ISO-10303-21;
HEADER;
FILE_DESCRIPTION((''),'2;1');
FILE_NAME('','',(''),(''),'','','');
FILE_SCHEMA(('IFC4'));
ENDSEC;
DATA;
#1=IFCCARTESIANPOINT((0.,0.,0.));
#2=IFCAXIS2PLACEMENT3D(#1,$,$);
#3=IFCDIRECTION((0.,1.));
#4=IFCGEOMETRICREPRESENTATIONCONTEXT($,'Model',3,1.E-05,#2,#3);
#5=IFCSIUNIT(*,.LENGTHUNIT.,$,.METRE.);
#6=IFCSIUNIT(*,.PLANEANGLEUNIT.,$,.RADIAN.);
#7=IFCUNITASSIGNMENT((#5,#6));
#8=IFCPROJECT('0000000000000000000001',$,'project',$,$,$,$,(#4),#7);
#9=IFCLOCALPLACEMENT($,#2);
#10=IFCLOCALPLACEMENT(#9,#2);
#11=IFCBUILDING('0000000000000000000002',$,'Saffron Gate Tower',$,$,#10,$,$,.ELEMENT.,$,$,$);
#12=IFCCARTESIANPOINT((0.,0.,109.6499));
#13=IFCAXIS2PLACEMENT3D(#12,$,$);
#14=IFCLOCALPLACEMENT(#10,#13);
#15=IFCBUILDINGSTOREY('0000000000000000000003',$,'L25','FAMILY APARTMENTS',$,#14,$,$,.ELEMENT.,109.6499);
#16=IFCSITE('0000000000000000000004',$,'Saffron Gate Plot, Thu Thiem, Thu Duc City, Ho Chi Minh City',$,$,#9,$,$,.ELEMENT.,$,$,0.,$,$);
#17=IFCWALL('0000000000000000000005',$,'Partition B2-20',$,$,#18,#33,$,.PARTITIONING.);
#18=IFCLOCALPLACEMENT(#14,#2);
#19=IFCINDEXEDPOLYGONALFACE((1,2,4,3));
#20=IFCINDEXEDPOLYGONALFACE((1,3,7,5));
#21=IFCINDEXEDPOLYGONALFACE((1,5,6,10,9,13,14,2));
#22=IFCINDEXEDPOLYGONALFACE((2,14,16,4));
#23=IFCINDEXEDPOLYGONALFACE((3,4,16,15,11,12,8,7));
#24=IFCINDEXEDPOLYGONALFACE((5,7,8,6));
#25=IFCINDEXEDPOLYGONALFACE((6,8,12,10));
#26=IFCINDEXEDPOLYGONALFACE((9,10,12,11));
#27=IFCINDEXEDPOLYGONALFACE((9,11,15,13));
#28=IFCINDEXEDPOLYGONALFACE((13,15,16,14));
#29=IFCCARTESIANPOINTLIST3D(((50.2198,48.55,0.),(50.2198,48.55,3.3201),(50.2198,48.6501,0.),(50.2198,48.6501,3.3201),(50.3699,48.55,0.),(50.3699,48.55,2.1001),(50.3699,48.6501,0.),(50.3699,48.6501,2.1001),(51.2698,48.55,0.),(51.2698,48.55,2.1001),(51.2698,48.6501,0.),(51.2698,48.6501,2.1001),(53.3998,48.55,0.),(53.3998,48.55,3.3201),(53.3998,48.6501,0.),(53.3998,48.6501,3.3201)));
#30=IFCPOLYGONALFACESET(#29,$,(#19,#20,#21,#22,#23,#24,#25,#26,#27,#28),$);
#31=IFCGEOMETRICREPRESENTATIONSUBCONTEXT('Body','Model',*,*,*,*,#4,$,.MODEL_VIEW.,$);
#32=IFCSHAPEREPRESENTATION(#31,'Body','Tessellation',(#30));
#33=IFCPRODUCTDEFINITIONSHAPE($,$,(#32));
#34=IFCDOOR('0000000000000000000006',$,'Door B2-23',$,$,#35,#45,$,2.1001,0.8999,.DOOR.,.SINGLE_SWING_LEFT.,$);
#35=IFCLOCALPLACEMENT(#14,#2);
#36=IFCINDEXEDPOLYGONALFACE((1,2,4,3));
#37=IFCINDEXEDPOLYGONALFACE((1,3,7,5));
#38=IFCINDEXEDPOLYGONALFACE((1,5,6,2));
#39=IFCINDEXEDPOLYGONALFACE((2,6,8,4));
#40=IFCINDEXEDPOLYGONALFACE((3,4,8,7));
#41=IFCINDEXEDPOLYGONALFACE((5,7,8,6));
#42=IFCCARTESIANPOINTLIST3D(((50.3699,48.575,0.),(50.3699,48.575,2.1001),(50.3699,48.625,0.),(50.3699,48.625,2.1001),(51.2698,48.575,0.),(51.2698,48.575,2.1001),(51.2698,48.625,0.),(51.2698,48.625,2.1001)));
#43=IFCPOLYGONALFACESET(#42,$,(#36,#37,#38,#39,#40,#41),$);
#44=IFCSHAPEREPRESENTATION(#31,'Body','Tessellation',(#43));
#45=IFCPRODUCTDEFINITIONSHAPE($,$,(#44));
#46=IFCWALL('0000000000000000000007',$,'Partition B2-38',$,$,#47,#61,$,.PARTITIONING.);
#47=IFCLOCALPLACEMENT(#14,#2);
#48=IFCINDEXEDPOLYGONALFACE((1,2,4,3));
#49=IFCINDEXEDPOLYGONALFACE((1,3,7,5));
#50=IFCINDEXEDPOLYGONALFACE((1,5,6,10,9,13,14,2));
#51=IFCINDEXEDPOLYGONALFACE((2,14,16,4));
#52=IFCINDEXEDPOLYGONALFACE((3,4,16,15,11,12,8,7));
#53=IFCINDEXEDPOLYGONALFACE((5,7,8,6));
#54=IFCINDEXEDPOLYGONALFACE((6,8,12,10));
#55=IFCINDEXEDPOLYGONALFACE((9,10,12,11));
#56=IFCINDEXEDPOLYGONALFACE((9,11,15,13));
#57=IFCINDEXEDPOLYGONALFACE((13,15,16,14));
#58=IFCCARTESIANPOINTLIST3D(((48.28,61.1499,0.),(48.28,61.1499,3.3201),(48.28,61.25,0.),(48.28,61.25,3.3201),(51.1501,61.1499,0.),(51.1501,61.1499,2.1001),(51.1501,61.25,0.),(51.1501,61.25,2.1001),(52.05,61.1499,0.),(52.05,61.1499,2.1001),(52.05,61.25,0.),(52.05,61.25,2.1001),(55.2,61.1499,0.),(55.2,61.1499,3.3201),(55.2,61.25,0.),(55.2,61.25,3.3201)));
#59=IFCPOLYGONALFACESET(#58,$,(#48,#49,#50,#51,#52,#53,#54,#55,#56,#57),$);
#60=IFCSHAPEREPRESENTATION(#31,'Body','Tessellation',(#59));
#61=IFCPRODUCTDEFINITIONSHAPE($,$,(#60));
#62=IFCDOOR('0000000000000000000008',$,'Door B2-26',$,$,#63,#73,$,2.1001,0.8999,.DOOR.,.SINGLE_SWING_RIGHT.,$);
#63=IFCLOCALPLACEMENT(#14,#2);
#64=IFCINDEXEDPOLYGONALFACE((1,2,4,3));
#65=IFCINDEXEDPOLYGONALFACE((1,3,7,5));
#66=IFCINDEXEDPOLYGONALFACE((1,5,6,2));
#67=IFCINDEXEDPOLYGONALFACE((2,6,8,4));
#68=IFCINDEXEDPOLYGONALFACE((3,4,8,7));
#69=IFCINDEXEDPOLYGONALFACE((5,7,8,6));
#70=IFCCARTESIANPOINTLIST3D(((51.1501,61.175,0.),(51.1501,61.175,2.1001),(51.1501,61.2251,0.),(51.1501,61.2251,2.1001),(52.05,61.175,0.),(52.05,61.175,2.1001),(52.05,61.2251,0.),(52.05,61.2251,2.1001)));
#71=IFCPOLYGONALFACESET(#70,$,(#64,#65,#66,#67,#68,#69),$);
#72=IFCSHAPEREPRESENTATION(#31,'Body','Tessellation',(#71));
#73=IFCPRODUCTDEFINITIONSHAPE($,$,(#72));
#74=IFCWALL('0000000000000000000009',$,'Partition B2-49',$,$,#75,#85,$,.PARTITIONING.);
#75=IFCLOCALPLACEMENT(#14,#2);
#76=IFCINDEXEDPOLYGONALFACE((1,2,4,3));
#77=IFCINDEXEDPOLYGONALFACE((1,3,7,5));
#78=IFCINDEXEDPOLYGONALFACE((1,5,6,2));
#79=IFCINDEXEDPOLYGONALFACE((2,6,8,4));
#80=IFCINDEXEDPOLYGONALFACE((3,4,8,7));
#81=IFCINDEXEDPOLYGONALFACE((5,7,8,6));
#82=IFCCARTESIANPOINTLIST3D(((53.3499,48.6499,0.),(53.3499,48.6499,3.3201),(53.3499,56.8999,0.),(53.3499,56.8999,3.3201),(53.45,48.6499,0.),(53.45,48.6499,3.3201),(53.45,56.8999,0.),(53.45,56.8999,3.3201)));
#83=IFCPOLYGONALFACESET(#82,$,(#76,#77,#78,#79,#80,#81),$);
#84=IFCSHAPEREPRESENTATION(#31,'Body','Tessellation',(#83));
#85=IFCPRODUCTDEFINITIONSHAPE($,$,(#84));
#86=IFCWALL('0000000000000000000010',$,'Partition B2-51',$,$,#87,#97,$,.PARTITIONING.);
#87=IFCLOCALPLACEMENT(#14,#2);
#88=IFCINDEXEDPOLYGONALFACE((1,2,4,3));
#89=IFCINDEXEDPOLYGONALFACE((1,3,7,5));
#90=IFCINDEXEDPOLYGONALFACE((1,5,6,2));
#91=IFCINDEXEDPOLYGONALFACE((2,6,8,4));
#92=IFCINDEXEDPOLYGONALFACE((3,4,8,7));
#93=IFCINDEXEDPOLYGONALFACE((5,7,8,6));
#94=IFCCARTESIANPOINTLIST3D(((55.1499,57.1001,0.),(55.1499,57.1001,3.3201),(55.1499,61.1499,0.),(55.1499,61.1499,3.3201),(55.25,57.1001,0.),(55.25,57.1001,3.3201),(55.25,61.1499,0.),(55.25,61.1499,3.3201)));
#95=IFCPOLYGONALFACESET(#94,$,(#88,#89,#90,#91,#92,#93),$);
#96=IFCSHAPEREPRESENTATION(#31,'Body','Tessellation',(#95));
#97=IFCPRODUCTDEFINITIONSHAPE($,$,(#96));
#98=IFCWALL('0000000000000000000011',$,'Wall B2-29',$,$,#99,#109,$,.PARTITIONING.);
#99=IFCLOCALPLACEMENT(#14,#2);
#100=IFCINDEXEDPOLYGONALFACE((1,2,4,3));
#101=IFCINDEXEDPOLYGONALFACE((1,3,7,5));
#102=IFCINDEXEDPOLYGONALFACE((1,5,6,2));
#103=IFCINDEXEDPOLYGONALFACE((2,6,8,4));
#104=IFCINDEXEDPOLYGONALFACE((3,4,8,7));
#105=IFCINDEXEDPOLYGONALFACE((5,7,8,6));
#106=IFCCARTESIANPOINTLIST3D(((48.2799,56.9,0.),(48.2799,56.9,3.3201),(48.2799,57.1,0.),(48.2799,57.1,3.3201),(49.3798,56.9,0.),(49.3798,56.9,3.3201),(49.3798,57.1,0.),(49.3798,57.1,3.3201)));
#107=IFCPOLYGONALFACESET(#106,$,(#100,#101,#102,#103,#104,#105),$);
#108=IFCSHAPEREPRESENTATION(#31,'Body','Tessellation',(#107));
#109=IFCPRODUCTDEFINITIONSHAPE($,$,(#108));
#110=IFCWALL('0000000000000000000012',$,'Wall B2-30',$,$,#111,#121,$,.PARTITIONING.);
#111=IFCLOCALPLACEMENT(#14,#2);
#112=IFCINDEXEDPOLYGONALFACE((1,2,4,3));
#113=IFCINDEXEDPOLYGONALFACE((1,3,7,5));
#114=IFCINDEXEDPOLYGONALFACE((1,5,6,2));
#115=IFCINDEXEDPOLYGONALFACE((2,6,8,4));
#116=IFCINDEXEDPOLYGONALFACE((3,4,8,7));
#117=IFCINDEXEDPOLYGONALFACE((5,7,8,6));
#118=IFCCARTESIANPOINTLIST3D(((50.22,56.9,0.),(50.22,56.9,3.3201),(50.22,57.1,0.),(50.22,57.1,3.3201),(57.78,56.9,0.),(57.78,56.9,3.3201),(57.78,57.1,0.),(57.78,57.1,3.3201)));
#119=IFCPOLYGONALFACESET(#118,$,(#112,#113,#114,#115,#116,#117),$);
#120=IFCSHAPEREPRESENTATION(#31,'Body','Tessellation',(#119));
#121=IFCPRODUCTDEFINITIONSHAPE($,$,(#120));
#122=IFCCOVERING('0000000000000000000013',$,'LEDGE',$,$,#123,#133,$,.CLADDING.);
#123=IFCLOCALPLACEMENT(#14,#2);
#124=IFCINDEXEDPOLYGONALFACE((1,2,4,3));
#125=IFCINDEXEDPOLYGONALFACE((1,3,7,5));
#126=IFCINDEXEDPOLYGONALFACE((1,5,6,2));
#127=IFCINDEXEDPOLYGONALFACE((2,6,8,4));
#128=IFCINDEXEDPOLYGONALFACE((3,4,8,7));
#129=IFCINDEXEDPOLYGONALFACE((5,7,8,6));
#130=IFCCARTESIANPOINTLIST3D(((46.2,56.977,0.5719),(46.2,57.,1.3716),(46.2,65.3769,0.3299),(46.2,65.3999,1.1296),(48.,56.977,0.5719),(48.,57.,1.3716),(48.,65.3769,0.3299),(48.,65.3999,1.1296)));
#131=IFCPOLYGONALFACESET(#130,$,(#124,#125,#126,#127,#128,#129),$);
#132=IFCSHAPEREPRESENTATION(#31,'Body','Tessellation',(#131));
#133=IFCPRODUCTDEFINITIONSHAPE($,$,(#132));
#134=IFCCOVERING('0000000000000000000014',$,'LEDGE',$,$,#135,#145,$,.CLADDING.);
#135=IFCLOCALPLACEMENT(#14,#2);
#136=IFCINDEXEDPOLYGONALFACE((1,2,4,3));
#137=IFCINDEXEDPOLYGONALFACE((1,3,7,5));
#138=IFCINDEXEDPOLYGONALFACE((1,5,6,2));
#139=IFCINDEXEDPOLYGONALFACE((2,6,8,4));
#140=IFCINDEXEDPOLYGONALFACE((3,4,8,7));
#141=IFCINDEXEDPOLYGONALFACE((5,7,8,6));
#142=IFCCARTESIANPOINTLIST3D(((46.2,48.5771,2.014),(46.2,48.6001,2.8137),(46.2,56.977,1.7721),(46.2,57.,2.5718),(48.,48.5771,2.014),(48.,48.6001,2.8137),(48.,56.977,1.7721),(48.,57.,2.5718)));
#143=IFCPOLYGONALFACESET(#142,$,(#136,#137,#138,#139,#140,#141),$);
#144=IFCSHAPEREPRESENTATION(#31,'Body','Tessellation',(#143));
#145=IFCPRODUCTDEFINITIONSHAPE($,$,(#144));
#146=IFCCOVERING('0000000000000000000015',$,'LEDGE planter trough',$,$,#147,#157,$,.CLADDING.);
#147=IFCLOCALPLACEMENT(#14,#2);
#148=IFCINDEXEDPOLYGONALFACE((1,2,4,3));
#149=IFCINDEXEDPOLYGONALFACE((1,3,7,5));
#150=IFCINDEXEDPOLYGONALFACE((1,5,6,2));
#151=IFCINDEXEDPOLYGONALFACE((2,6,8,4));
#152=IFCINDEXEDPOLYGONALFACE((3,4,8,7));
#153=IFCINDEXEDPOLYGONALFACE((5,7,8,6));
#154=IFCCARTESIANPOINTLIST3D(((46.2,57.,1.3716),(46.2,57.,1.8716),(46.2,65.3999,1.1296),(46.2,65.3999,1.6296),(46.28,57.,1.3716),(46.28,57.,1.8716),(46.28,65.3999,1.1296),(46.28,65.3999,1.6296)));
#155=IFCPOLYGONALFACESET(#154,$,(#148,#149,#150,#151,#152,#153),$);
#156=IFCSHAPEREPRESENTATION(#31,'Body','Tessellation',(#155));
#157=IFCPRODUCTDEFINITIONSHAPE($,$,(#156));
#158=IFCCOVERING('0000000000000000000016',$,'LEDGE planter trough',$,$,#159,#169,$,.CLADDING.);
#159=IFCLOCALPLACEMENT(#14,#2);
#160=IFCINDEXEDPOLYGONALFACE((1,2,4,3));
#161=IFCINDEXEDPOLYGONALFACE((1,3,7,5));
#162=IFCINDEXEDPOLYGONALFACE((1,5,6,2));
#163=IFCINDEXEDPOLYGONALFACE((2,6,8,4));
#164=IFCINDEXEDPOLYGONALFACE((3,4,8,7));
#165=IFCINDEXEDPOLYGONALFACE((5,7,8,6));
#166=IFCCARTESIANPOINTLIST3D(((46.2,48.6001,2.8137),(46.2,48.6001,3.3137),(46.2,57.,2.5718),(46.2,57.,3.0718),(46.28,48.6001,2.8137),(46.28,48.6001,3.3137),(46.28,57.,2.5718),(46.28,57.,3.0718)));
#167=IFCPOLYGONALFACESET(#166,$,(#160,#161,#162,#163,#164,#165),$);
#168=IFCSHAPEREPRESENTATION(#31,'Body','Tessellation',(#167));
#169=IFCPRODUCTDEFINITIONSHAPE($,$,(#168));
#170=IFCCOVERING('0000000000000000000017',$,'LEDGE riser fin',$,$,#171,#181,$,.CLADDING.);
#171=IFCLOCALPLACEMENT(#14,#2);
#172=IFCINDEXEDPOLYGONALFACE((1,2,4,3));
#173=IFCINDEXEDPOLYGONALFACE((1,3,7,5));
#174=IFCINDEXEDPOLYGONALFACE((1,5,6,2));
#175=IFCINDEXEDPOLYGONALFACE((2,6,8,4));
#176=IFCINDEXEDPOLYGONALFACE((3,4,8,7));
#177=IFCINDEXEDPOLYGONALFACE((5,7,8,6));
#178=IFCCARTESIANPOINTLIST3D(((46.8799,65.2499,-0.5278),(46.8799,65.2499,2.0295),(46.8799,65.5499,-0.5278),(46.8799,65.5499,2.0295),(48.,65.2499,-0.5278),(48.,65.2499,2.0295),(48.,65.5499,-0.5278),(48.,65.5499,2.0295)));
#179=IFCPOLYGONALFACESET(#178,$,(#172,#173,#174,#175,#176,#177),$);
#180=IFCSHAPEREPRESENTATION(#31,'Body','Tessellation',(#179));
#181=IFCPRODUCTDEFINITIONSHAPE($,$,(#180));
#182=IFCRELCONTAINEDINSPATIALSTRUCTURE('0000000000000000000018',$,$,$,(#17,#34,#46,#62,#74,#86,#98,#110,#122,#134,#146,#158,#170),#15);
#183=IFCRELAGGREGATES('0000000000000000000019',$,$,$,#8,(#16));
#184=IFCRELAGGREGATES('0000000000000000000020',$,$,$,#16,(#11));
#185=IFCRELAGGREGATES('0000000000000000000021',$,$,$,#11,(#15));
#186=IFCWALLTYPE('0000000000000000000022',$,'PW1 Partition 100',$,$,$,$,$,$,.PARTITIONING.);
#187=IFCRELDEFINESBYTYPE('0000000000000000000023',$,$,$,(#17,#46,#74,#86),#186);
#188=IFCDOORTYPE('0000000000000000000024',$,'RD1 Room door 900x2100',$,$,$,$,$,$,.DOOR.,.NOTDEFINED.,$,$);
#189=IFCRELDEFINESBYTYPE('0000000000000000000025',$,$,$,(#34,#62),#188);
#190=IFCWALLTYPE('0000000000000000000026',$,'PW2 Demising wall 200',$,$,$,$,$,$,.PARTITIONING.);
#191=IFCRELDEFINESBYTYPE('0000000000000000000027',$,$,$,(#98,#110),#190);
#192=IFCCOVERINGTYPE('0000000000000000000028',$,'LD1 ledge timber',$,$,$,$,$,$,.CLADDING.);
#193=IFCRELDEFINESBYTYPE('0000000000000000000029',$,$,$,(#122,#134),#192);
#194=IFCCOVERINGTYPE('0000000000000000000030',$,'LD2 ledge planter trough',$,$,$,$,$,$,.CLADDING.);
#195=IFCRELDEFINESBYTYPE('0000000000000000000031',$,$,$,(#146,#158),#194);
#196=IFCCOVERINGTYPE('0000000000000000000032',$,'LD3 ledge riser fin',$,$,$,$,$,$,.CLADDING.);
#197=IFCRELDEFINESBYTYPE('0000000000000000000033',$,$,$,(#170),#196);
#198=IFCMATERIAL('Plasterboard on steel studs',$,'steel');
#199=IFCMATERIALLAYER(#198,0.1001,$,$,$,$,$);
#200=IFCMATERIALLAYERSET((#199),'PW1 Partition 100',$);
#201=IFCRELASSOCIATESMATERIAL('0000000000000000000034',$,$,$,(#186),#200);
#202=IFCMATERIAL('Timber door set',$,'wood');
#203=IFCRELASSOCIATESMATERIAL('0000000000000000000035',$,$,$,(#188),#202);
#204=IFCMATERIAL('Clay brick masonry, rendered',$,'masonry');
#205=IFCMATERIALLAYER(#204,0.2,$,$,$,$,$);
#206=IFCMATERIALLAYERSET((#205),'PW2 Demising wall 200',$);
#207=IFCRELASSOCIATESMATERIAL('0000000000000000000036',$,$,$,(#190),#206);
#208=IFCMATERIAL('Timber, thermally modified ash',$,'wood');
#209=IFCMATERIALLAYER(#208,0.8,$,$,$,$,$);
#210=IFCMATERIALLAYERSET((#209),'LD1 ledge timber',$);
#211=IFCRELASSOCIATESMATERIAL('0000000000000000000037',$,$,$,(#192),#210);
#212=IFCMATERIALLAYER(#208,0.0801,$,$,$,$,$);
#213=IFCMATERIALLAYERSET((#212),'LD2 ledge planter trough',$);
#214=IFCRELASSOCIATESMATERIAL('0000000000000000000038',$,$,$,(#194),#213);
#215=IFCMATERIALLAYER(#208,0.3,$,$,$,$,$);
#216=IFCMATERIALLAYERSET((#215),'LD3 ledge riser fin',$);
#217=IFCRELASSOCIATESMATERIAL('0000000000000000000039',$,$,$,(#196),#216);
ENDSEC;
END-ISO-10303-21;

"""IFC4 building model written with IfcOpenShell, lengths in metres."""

from ifc_helpers import new_model, si_unit, direction, frame, frame_2d, origin, origin_2d, place, context, subcontext, project, spatial, polyline, rectangle, outline, extrude, material, layer, layer_set, type_object, element, fill, save


model = new_model("IFC4")

# Units and contexts
model_context = context("Model", 3, precision=1e-05, world=origin(), true_north=direction((0.0, 1.0)))
body_context = subcontext(model_context, "Body", "Model", "MODEL_VIEW")
ifc_project = project(units=[si_unit("LENGTHUNIT", "METRE"), si_unit("PLANEANGLEUNIT", "RADIAN")], contexts=[model_context])

# Site, building, storey
site_placement = place(None, origin())
site = spatial("IfcSite", under=ifc_project, at=site_placement, Name="Saffron Gate Plot, Thu Thiem, Thu Duc City, Ho Chi Minh City", CompositionType="ELEMENT", RefElevation=0.0)
building_placement = place(site_placement, origin())
building = spatial("IfcBuilding", under=site, at=building_placement, Name="Saffron Gate Tower", CompositionType="ELEMENT")
storey_placement = place(building_placement, frame((0.0, 0.0, 109.6499)))
storey = spatial("IfcBuildingStorey", under=building, at=storey_placement, Name="L25", Description="FAMILY APARTMENTS", CompositionType="ELEMENT", Elevation=109.6499)

# Shared definitions
ifc_material_1 = material(Name="Plasterboard on steel studs", Category="steel")
ifc_layer_1 = layer(ifc_material_1, 0.1001)
ifc_layer_set_1 = layer_set([ifc_layer_1], Name="PW1 Partition 100")
wall_type_1 = type_object("IfcWallType", Name="PW1 Partition 100", PredefinedType="PARTITIONING", material=ifc_layer_set_1)

# Walls, openings, doors
wall_1_placement = place(storey_placement, frame((50.22, 48.6001, 0.0), z_axis=(0.0, 0.0, 1.0), x_axis=(1.0, 0.0, 0.0)))
wall_1 = element("IfcWall", 1, at=wall_1_placement, inside=storey, type_object=wall_type_1, Name="Partition B2-20", PredefinedType="PARTITIONING", context=body_context, shape_type="SweptSolid", body=[
    extrude(rectangle(XDim=3.1799, YDim=0.1001, at=frame_2d((1.5898, 0.0))), origin(), (0.0, 0.0, 1.0), 3.3201),
])
opening_1_placement = place(wall_1_placement, frame((0.1499, 0.0, 0.0)))
opening_1 = element("IfcOpeningElement", 2, at=opening_1_placement, cuts=wall_1, PredefinedType="OPENING", context=body_context, shape_type="SweptSolid", body=[
    extrude(rectangle(XDim=0.8999, YDim=2.1001, at=frame_2d((0.45, 1.05))), frame((0.0, 0.0601, 0.0), z_axis=(0.0, -1.0, 0.0), x_axis=(1.0, 0.0, 0.0)), (0.0, 0.0, 1.0), 0.1201),
])
ifc_material_2 = material(Name="Timber door set", Category="wood")
door_type = type_object("IfcDoorType", Name="RD1 Room door 900x2100", OperationType="NOTDEFINED", PredefinedType="DOOR", material=ifc_material_2)
door_1_placement = place(opening_1_placement, origin())
door_1 = element("IfcDoor", 3, at=door_1_placement, inside=storey, type_object=door_type, Name="Door B2-23", OperationType="SINGLE_SWING_LEFT", OverallHeight=2.1001, OverallWidth=0.8999, PredefinedType="DOOR", context=body_context, shape_type="SweptSolid", body=[
    extrude(rectangle(XDim=0.8999, YDim=2.1001, at=frame_2d((0.45, 1.05))), frame((0.0, 0.0249, 0.0), z_axis=(0.0, -1.0, 0.0), x_axis=(1.0, 0.0, 0.0)), (0.0, 0.0, 1.0), 0.05),
])
fill(opening_1, door_1)
wall_2_placement = place(storey_placement, frame((55.2, 61.2, 0.0), z_axis=(0.0, 0.0, 1.0), x_axis=(-1.0, 0.0, 0.0)))
wall_2 = element("IfcWall", 4, at=wall_2_placement, inside=storey, type_object=wall_type_1, Name="Partition B2-38", PredefinedType="PARTITIONING", context=body_context, shape_type="SweptSolid", body=[
    extrude(rectangle(XDim=6.9199, YDim=0.1001, at=frame_2d((3.46, 0.0))), origin(), (0.0, 0.0, 1.0), 3.3201),
])
opening_2_placement = place(wall_2_placement, frame((3.1499, 0.0, 0.0)))
opening_2 = element("IfcOpeningElement", 5, at=opening_2_placement, cuts=wall_2, PredefinedType="OPENING", context=body_context, shape_type="SweptSolid", body=[
    extrude(rectangle(XDim=0.8999, YDim=2.1001, at=frame_2d((0.45, 1.05))), frame((0.0, 0.0601, 0.0), z_axis=(0.0, -1.0, 0.0), x_axis=(1.0, 0.0, 0.0)), (0.0, 0.0, 1.0), 0.1201),
])
door_2_placement = place(opening_2_placement, origin())
door_2 = element("IfcDoor", 6, at=door_2_placement, inside=storey, type_object=door_type, Name="Door B2-26", OperationType="SINGLE_SWING_RIGHT", OverallHeight=2.1001, OverallWidth=0.8999, PredefinedType="DOOR", context=body_context, shape_type="SweptSolid", body=[
    extrude(rectangle(XDim=0.8999, YDim=2.1001, at=frame_2d((0.45, 1.05))), frame((0.0, 0.0249, 0.0), z_axis=(0.0, -1.0, 0.0), x_axis=(1.0, 0.0, 0.0)), (0.0, 0.0, 1.0), 0.05),
])
fill(opening_2, door_2)

# Walls
wall_3_placement = place(storey_placement, frame((53.3999, 56.8999, 0.0), z_axis=(0.0, 0.0, 1.0), x_axis=(0.0, -1.0, 0.0)))
element("IfcWall", 7, at=wall_3_placement, inside=storey, type_object=wall_type_1, Name="Partition B2-49", PredefinedType="PARTITIONING", context=body_context, shape_type="SweptSolid", body=[
    extrude(rectangle(XDim=8.25, YDim=0.1001, at=frame_2d((4.125, 0.0))), origin(), (0.0, 0.0, 1.0), 3.3201),
])
wall_4_placement = place(storey_placement, frame((55.2, 61.1499, 0.0), z_axis=(0.0, 0.0, 1.0), x_axis=(0.0, -1.0, 0.0)))
element("IfcWall", 8, at=wall_4_placement, inside=storey, type_object=wall_type_1, Name="Partition B2-51", PredefinedType="PARTITIONING", context=body_context, shape_type="SweptSolid", body=[
    extrude(rectangle(XDim=4.0498, YDim=0.1001, at=frame_2d((2.0249, 0.0))), origin(), (0.0, 0.0, 1.0), 3.3201),
])
ifc_material_3 = material(Name="Clay brick masonry, rendered", Category="masonry")
ifc_layer_2 = layer(ifc_material_3, 0.2)
ifc_layer_set_2 = layer_set([ifc_layer_2], Name="PW2 Demising wall 200")
wall_type_2 = type_object("IfcWallType", Name="PW2 Demising wall 200", PredefinedType="PARTITIONING", material=ifc_layer_set_2)
wall_5_placement = place(storey_placement, frame((48.28, 57.0, 0.0), z_axis=(0.0, 0.0, 1.0), x_axis=(1.0, 0.0, 0.0)))
element("IfcWall", 9, at=wall_5_placement, inside=storey, type_object=wall_type_2, Name="Wall B2-29", PredefinedType="PARTITIONING", context=body_context, shape_type="SweptSolid", body=[
    extrude(rectangle(XDim=1.0999, YDim=0.2, at=frame_2d((0.5498, 0.0))), origin(), (0.0, 0.0, 1.0), 3.3201),
])
wall_6_placement = place(storey_placement, frame((50.22, 57.0, 0.0), z_axis=(0.0, 0.0, 1.0), x_axis=(1.0, 0.0, 0.0)))
element("IfcWall", 10, at=wall_6_placement, inside=storey, type_object=wall_type_2, Name="Wall B2-30", PredefinedType="PARTITIONING", context=body_context, shape_type="SweptSolid", body=[
    extrude(rectangle(XDim=7.5601, YDim=0.2, at=frame_2d((3.78, 0.0))), origin(), (0.0, 0.0, 1.0), 3.3201),
])

# Coverings
ifc_material_4 = material(Name="Timber, thermally modified ash", Category="wood")
ifc_layer_3 = layer(ifc_material_4, 0.8)
ifc_layer_set_3 = layer_set([ifc_layer_3], Name="LD1 ledge timber")
covering_type_1 = type_object("IfcCoveringType", Name="LD1 ledge timber", PredefinedType="CLADDING", material=ifc_layer_set_3)
for number, where, z_axis, x_axis, name in (
    (11, (48.0, 65.3999, 1.1296), (0.0, 0.028791, 0.999585), (0.0, -0.999585, 0.028791), "LEDGE"),
    (12, (48.0, 57.0, 2.5718), (0.0, 0.028791, 0.999585), (0.0, -0.999585, 0.028791), "LEDGE"),
):
    element("IfcCovering", number, at=place(storey_placement, frame(where, z_axis=z_axis, x_axis=x_axis)), inside=storey, type_object=covering_type_1, Name=name, PredefinedType="CLADDING", context=body_context, shape_type="SweptSolid", body=[
        extrude(outline(polyline([(0.0, 0.0), (8.4034, 0.0), (8.4034, -1.8), (0.0, -1.8), (0.0, 0.0)])), origin(), (0.0, 0.0, -1.0), 0.8),
    ])
ifc_layer_4 = layer(ifc_material_4, 0.0801)
ifc_layer_set_4 = layer_set([ifc_layer_4], Name="LD2 ledge planter trough")
covering_type_2 = type_object("IfcCoveringType", Name="LD2 ledge planter trough", PredefinedType="CLADDING", material=ifc_layer_set_4)
for number, where, z_axis, x_axis, name in (
    (13, (46.2, 65.3999, 1.1296), (-1.0, 0.0, 0.0), (0.0, -0.999585, 0.028791), "LEDGE planter trough"),
    (14, (46.2, 57.0, 2.5718), (-1.0, 0.0, 0.0), (0.0, -0.999585, 0.028791), "LEDGE planter trough"),
):
    element("IfcCovering", number, at=place(storey_placement, frame(where, z_axis=z_axis, x_axis=x_axis)), inside=storey, type_object=covering_type_2, Name=name, PredefinedType="CLADDING", context=body_context, shape_type="SweptSolid", body=[
        extrude(outline(polyline([(0.0, 0.0), (8.4034, 0.0), (8.4178, 0.4998), (0.0144, 0.4998), (0.0, 0.0)])), origin(), (0.0, 0.0, -1.0), 0.0801),
    ])
ifc_layer_5 = layer(ifc_material_4, 0.3)
ifc_layer_set_5 = layer_set([ifc_layer_5], Name="LD3 ledge riser fin")
covering_type_3 = type_object("IfcCoveringType", Name="LD3 ledge riser fin", PredefinedType="CLADDING", material=ifc_layer_set_5)
covering_1_placement = place(storey_placement, frame((47.4399, 65.3999, -0.5278), z_axis=(0.0, 0.0, 1.0), x_axis=(0.0, -1.0, 0.0)))
element("IfcCovering", 15, at=covering_1_placement, inside=storey, type_object=covering_type_3, Name="LEDGE riser fin", PredefinedType="CLADDING", context=body_context, shape_type="SweptSolid", body=[
    extrude(rectangle(XDim=0.3, YDim=1.1201, at=origin_2d()), origin(), (0.0, 0.0, 1.0), 2.5574),
])

save(model, "model.ifc")
